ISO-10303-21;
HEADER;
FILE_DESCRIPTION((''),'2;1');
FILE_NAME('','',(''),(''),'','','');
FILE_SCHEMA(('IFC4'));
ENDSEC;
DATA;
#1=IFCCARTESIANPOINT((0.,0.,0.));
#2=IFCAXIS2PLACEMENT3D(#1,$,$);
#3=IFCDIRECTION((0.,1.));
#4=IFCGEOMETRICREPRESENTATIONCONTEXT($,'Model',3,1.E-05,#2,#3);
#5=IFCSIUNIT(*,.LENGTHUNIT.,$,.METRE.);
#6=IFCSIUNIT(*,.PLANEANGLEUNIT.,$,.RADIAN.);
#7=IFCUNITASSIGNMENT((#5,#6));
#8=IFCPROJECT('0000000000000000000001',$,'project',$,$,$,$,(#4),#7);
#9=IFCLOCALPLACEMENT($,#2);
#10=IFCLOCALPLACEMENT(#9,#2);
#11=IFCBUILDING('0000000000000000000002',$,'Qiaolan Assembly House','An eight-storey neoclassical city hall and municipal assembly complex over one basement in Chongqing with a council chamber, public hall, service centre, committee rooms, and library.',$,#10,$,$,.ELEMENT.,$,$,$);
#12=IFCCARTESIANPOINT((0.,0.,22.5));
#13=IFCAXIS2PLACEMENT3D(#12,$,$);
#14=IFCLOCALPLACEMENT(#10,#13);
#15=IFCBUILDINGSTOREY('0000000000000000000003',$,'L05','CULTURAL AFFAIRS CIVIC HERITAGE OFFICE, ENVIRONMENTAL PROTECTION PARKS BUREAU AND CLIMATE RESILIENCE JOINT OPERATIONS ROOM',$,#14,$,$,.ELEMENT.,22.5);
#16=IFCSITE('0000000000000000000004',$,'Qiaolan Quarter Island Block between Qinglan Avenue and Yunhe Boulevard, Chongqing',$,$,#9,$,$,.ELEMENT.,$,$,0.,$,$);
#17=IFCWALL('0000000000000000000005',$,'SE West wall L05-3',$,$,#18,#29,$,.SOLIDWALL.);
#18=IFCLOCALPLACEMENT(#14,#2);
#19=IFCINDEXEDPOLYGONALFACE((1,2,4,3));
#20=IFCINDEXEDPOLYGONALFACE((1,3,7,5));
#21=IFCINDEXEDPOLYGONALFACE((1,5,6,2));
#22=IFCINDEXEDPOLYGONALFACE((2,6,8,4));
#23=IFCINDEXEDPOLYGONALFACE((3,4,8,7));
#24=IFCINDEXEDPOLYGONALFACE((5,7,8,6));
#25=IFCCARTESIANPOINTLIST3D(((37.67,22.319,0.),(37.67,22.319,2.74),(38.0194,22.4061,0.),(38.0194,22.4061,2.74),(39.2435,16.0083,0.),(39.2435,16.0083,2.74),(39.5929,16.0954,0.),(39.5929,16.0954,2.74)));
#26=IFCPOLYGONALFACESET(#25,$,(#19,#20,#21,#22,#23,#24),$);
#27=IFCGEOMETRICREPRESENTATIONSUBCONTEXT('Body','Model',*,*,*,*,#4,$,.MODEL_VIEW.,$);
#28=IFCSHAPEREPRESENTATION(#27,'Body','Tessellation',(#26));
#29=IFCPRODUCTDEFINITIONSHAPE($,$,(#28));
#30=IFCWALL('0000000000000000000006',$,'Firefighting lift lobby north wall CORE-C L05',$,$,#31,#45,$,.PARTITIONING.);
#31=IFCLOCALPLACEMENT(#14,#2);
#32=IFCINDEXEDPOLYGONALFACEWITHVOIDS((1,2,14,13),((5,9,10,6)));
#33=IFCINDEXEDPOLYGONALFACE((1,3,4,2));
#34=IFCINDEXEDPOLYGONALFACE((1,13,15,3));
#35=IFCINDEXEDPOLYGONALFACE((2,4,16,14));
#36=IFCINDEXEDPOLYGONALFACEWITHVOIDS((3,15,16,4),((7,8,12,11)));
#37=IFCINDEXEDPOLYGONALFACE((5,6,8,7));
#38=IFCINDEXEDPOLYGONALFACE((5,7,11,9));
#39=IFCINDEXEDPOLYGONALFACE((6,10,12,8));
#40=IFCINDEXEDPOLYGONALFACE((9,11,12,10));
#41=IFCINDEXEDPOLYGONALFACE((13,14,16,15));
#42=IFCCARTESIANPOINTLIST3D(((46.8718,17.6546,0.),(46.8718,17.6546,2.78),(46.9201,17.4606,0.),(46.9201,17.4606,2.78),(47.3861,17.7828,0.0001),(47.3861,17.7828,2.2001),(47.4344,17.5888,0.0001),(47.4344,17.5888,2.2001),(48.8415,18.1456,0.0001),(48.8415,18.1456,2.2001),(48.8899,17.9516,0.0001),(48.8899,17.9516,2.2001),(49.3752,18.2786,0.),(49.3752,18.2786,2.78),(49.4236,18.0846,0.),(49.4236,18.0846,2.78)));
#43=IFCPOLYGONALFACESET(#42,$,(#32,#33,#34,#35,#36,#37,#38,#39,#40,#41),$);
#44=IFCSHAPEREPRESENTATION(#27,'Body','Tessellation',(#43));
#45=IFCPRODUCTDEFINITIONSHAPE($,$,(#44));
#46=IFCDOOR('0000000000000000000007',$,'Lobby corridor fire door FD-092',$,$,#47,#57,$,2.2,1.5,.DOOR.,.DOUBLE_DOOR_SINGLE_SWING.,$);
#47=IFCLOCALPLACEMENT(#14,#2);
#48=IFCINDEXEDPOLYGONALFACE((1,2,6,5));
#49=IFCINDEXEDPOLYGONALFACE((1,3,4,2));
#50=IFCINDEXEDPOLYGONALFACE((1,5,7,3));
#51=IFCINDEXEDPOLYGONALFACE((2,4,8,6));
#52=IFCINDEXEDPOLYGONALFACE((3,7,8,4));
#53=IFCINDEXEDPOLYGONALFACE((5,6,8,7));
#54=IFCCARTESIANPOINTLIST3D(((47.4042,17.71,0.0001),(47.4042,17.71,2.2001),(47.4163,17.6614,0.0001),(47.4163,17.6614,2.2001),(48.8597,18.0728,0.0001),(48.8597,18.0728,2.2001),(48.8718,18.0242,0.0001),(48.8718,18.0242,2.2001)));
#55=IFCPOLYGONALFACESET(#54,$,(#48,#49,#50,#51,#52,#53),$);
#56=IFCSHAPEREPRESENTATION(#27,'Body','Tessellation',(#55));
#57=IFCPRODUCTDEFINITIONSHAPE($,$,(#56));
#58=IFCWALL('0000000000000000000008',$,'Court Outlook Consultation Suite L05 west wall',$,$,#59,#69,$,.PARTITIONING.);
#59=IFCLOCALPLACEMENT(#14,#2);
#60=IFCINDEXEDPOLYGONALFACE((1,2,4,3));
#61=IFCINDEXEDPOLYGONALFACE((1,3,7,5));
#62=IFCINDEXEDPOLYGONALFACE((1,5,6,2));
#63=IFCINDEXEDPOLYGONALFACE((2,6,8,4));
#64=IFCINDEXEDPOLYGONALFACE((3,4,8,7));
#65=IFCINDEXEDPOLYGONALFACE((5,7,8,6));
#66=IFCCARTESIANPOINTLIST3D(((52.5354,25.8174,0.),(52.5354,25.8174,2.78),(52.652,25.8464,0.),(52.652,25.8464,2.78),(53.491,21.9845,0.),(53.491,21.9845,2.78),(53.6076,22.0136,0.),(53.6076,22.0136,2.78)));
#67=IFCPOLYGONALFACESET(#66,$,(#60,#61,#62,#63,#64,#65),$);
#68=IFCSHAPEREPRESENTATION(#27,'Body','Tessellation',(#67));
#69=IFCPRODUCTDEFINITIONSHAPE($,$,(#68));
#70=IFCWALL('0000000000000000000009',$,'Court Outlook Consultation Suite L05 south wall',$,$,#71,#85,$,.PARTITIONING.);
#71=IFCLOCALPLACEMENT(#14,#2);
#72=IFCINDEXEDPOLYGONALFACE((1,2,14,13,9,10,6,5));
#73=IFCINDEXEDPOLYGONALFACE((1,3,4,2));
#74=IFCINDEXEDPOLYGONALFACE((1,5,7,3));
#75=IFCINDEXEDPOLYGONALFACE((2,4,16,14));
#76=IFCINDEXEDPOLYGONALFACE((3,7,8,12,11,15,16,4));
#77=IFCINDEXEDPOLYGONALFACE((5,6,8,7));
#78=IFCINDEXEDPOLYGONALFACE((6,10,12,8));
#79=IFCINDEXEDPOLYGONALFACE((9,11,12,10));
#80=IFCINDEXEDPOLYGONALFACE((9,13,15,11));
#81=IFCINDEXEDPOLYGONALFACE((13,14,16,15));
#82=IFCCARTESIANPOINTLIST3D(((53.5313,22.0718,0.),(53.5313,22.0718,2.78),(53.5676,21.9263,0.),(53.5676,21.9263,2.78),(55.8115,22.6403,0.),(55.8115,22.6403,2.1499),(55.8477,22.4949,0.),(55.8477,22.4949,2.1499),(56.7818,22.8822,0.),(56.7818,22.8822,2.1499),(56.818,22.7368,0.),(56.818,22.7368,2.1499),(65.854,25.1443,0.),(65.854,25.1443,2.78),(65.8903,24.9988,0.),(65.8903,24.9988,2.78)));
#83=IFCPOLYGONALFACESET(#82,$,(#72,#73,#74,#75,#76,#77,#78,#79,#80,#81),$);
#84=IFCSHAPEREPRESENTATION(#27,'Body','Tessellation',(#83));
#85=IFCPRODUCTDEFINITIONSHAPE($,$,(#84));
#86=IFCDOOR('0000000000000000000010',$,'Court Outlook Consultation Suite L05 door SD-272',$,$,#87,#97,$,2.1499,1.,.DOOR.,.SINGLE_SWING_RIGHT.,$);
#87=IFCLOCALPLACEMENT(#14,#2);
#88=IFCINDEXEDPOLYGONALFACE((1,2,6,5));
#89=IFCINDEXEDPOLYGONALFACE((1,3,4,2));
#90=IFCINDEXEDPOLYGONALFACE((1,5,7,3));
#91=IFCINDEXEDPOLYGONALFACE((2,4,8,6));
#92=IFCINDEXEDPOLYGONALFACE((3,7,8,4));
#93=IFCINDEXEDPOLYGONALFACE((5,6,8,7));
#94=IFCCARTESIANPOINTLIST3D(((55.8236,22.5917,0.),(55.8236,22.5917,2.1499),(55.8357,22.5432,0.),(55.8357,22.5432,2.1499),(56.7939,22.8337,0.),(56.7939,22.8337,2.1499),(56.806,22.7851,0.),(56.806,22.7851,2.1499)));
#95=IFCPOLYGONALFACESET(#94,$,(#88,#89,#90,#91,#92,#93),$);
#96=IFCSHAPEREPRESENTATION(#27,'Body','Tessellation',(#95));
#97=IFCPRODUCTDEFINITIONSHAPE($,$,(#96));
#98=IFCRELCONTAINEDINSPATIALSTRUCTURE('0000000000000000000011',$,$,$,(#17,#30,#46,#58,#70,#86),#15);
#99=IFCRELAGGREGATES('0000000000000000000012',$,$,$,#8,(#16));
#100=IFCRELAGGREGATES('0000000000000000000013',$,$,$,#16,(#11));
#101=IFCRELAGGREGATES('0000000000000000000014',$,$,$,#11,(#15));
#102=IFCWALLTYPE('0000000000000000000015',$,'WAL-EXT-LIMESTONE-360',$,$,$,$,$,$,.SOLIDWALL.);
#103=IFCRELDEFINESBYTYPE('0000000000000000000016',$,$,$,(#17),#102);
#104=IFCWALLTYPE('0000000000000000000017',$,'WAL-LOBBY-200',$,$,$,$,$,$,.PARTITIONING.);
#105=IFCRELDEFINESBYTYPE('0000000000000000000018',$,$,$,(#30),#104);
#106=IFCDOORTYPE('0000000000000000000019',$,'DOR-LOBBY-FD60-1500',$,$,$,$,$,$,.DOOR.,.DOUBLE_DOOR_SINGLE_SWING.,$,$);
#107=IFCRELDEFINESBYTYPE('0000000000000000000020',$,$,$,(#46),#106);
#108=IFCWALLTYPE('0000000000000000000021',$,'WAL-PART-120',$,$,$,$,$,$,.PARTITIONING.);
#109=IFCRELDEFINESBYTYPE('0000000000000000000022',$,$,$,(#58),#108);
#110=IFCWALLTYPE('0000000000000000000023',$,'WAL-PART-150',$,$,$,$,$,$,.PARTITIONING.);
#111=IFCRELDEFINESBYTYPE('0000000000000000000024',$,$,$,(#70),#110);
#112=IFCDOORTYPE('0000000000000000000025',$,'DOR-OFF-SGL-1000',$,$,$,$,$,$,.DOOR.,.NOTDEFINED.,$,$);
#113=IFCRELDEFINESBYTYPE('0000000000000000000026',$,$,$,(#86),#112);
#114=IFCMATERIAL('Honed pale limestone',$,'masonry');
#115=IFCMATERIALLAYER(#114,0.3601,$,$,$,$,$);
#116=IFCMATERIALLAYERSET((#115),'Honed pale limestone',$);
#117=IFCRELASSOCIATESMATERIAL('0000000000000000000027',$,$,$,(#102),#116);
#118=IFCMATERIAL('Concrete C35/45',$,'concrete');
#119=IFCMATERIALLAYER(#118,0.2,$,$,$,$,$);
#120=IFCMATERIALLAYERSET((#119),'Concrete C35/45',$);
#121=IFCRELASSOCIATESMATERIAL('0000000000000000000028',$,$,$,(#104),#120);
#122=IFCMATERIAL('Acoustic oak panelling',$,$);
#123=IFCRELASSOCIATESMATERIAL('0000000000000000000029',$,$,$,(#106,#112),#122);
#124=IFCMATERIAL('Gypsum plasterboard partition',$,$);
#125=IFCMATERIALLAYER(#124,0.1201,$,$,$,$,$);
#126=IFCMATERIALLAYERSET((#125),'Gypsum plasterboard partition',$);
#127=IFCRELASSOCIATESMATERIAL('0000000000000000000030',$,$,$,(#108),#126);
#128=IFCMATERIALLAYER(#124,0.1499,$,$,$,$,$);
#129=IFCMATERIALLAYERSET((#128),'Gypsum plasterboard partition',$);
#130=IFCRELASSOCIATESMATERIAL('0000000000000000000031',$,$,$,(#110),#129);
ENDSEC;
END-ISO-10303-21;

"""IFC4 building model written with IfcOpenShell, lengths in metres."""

from ifc_helpers import new_model, si_unit, direction, frame, frame_2d, origin, place, context, subcontext, project, spatial, rectangle, extrude, material, layer, layer_set, type_object, element, fill, save


model = new_model("IFC4")

# Units and contexts
model_context = context("Model", 3, precision=1e-05, world=origin(), true_north=direction((0.0, 1.0)))
body_context = subcontext(model_context, "Body", "Model", "MODEL_VIEW")
ifc_project = project(units=[si_unit("LENGTHUNIT", "METRE"), si_unit("PLANEANGLEUNIT", "RADIAN")], contexts=[model_context])

# Site, building, storey
site_placement = place(None, origin())
site = spatial("IfcSite", under=ifc_project, at=site_placement, Name="Qiaolan Quarter Island Block between Qinglan Avenue and Yunhe Boulevard, Chongqing", CompositionType="ELEMENT", RefElevation=0.0)
building_placement = place(site_placement, origin())
building = spatial("IfcBuilding", under=site, at=building_placement, Name="Qiaolan Assembly House", Description="An eight-storey neoclassical city hall and municipal assembly complex over one basement in Chongqing with a council chamber, public hall, service centre, committee rooms, and library.", CompositionType="ELEMENT")
storey_placement = place(building_placement, frame((0.0, 0.0, 22.5)))
storey = spatial("IfcBuildingStorey", under=building, at=storey_placement, Name="L05", Description="CULTURAL AFFAIRS CIVIC HERITAGE OFFICE, ENVIRONMENTAL PROTECTION PARKS BUREAU AND CLIMATE RESILIENCE JOINT OPERATIONS ROOM", CompositionType="ELEMENT", Elevation=22.5)

# Wall
ifc_material_1 = material(Name="Honed pale limestone", Category="masonry")
ifc_layer_1 = layer(ifc_material_1, 0.3601)
ifc_layer_set_1 = layer_set([ifc_layer_1], Name="Honed pale limestone")
wall_type_1 = type_object("IfcWallType", Name="WAL-EXT-LIMESTONE-360", PredefinedType="SOLIDWALL", material=ifc_layer_set_1)
wall_1_placement = place(storey_placement, frame((37.8447, 22.3625, 0.0), z_axis=(0.0, 0.0, 1.0), x_axis=(0.241926, -0.970295, 0.0)))
element("IfcWall", 1, at=wall_1_placement, inside=storey, type_object=wall_type_1, Name="SE West wall L05-3", PredefinedType="SOLIDWALL", context=body_context, shape_type="SweptSolid", body=[
    extrude(rectangle(XDim=6.5039, YDim=0.3601, at=frame_2d((3.252, 0.0))), origin(), (0.0, 0.0, 1.0), 2.74),
])

# Wall, opening, door
ifc_material_2 = material(Name="Concrete C35/45", Category="concrete")
ifc_layer_2 = layer(ifc_material_2, 0.2)
ifc_layer_set_2 = layer_set([ifc_layer_2], Name="Concrete C35/45")
wall_type_2 = type_object("IfcWallType", Name="WAL-LOBBY-200", PredefinedType="PARTITIONING", material=ifc_layer_set_2)
wall_2_placement = place(storey_placement, frame((49.3994, 18.1816, 0.0), z_axis=(0.0, 0.0, 1.0), x_axis=(-0.970309, -0.241868, 0.0)))
wall_2 = element("IfcWall", 2, at=wall_2_placement, inside=storey, type_object=wall_type_2, Name="Firefighting lift lobby north wall CORE-C L05", PredefinedType="PARTITIONING", context=body_context, shape_type="SweptSolid", body=[
    extrude(rectangle(XDim=2.5801, YDim=0.2, at=frame_2d((1.29, 0.0))), origin(), (0.0, 0.0, 1.0), 2.78),
])
opening_1_placement = place(wall_2_placement, frame((0.55, 0.0, 0.0)))
opening_1 = element("IfcOpeningElement", 3, at=opening_1_placement, cuts=wall_2, PredefinedType="OPENING", context=body_context, shape_type="SweptSolid", body=[
    extrude(rectangle(XDim=1.5, YDim=2.2, at=frame_2d((0.75, 1.1001))), frame((0.0, 0.1099, 0.0), z_axis=(0.0, -1.0, 0.0), x_axis=(1.0, 0.0, 0.0)), (0.0, 0.0, 1.0), 0.22),
])
ifc_material_3 = material(Name="Acoustic oak panelling")
door_type_1 = type_object("IfcDoorType", Name="DOR-LOBBY-FD60-1500", OperationType="DOUBLE_DOOR_SINGLE_SWING", PredefinedType="DOOR", material=ifc_material_3)
door_1_placement = place(opening_1_placement, frame((1.5, 0.0, 0.0), z_axis=(0.0, 0.0, 1.0), x_axis=(-1.0, 0.0, 0.0)))
door_1 = element("IfcDoor", 4, at=door_1_placement, inside=storey, type_object=door_type_1, Name="Lobby corridor fire door FD-092", OperationType="DOUBLE_DOOR_SINGLE_SWING", OverallHeight=2.2, OverallWidth=1.5, PredefinedType="DOOR", context=body_context, shape_type="SweptSolid", body=[
    extrude(rectangle(XDim=1.5, YDim=2.2, at=frame_2d((0.75, 1.1001))), frame((0.0, 0.0249, 0.0), z_axis=(0.0, -1.0, 0.0), x_axis=(1.0, 0.0, 0.0)), (0.0, 0.0, 1.0), 0.05),
])
fill(opening_1, door_1)

# Wall
ifc_material_4 = material(Name="Gypsum plasterboard partition")
ifc_layer_3 = layer(ifc_material_4, 0.1201)
ifc_layer_set_3 = layer_set([ifc_layer_3], Name="Gypsum plasterboard partition")
wall_type_3 = type_object("IfcWallType", Name="WAL-PART-120", PredefinedType="PARTITIONING", material=ifc_layer_set_3)
wall_3_placement = place(storey_placement, frame((53.5493, 21.999, 0.0), z_axis=(0.0, 0.0, 1.0), x_axis=(-0.24191, 0.970299, 0.0)))
element("IfcWall", 5, at=wall_3_placement, inside=storey, type_object=wall_type_3, Name="Court Outlook Consultation Suite L05 west wall", PredefinedType="PARTITIONING", context=body_context, shape_type="SweptSolid", body=[
    extrude(rectangle(XDim=3.9502, YDim=0.1201, at=frame_2d((1.9751, 0.0))), origin(), (0.0, 0.0, 1.0), 2.78),
])

# Wall, opening, door
ifc_layer_4 = layer(ifc_material_4, 0.1499)
ifc_layer_set_4 = layer_set([ifc_layer_4], Name="Gypsum plasterboard partition")
wall_type_4 = type_object("IfcWallType", Name="WAL-PART-150", PredefinedType="PARTITIONING", material=ifc_layer_set_4)
wall_4_placement = place(storey_placement, frame((53.5493, 21.999, 0.0), z_axis=(0.0, 0.0, 1.0), x_axis=(0.970294, 0.241929, 0.0)))
wall_4 = element("IfcWall", 6, at=wall_4_placement, inside=storey, type_object=wall_type_4, Name="Court Outlook Consultation Suite L05 south wall", PredefinedType="PARTITIONING", context=body_context, shape_type="SweptSolid", body=[
    extrude(rectangle(XDim=12.7, YDim=0.1499, at=frame_2d((6.3501, 0.0))), origin(), (0.0, 0.0, 1.0), 2.78),
])
opening_2_placement = place(wall_4_placement, frame((2.3501, 0.0, 0.0)))
opening_2 = element("IfcOpeningElement", 7, at=opening_2_placement, cuts=wall_4, PredefinedType="OPENING", context=body_context, shape_type="SweptSolid", body=[
    extrude(rectangle(XDim=1.0, YDim=2.1499, at=frame_2d((0.5, 1.075))), frame((0.0, 0.085, 0.0), z_axis=(0.0, -1.0, 0.0), x_axis=(1.0, 0.0, 0.0)), (0.0, 0.0, 1.0), 0.1699),
])
door_type_2 = type_object("IfcDoorType", Name="DOR-OFF-SGL-1000", OperationType="NOTDEFINED", PredefinedType="DOOR", material=ifc_material_3)
door_2_placement = place(opening_2_placement, origin())
door_2 = element("IfcDoor", 8, at=door_2_placement, inside=storey, type_object=door_type_2, Name="Court Outlook Consultation Suite L05 door SD-272", OperationType="SINGLE_SWING_RIGHT", OverallHeight=2.1499, OverallWidth=1.0, PredefinedType="DOOR", context=body_context, shape_type="SweptSolid", body=[
    extrude(rectangle(XDim=1.0, YDim=2.1499, at=frame_2d((0.5, 1.075))), frame((0.0, 0.0249, 0.0), z_axis=(0.0, -1.0, 0.0), x_axis=(1.0, 0.0, 0.0)), (0.0, 0.0, 1.0), 0.05),
])
fill(opening_2, door_2)

save(model, "model.ifc")
